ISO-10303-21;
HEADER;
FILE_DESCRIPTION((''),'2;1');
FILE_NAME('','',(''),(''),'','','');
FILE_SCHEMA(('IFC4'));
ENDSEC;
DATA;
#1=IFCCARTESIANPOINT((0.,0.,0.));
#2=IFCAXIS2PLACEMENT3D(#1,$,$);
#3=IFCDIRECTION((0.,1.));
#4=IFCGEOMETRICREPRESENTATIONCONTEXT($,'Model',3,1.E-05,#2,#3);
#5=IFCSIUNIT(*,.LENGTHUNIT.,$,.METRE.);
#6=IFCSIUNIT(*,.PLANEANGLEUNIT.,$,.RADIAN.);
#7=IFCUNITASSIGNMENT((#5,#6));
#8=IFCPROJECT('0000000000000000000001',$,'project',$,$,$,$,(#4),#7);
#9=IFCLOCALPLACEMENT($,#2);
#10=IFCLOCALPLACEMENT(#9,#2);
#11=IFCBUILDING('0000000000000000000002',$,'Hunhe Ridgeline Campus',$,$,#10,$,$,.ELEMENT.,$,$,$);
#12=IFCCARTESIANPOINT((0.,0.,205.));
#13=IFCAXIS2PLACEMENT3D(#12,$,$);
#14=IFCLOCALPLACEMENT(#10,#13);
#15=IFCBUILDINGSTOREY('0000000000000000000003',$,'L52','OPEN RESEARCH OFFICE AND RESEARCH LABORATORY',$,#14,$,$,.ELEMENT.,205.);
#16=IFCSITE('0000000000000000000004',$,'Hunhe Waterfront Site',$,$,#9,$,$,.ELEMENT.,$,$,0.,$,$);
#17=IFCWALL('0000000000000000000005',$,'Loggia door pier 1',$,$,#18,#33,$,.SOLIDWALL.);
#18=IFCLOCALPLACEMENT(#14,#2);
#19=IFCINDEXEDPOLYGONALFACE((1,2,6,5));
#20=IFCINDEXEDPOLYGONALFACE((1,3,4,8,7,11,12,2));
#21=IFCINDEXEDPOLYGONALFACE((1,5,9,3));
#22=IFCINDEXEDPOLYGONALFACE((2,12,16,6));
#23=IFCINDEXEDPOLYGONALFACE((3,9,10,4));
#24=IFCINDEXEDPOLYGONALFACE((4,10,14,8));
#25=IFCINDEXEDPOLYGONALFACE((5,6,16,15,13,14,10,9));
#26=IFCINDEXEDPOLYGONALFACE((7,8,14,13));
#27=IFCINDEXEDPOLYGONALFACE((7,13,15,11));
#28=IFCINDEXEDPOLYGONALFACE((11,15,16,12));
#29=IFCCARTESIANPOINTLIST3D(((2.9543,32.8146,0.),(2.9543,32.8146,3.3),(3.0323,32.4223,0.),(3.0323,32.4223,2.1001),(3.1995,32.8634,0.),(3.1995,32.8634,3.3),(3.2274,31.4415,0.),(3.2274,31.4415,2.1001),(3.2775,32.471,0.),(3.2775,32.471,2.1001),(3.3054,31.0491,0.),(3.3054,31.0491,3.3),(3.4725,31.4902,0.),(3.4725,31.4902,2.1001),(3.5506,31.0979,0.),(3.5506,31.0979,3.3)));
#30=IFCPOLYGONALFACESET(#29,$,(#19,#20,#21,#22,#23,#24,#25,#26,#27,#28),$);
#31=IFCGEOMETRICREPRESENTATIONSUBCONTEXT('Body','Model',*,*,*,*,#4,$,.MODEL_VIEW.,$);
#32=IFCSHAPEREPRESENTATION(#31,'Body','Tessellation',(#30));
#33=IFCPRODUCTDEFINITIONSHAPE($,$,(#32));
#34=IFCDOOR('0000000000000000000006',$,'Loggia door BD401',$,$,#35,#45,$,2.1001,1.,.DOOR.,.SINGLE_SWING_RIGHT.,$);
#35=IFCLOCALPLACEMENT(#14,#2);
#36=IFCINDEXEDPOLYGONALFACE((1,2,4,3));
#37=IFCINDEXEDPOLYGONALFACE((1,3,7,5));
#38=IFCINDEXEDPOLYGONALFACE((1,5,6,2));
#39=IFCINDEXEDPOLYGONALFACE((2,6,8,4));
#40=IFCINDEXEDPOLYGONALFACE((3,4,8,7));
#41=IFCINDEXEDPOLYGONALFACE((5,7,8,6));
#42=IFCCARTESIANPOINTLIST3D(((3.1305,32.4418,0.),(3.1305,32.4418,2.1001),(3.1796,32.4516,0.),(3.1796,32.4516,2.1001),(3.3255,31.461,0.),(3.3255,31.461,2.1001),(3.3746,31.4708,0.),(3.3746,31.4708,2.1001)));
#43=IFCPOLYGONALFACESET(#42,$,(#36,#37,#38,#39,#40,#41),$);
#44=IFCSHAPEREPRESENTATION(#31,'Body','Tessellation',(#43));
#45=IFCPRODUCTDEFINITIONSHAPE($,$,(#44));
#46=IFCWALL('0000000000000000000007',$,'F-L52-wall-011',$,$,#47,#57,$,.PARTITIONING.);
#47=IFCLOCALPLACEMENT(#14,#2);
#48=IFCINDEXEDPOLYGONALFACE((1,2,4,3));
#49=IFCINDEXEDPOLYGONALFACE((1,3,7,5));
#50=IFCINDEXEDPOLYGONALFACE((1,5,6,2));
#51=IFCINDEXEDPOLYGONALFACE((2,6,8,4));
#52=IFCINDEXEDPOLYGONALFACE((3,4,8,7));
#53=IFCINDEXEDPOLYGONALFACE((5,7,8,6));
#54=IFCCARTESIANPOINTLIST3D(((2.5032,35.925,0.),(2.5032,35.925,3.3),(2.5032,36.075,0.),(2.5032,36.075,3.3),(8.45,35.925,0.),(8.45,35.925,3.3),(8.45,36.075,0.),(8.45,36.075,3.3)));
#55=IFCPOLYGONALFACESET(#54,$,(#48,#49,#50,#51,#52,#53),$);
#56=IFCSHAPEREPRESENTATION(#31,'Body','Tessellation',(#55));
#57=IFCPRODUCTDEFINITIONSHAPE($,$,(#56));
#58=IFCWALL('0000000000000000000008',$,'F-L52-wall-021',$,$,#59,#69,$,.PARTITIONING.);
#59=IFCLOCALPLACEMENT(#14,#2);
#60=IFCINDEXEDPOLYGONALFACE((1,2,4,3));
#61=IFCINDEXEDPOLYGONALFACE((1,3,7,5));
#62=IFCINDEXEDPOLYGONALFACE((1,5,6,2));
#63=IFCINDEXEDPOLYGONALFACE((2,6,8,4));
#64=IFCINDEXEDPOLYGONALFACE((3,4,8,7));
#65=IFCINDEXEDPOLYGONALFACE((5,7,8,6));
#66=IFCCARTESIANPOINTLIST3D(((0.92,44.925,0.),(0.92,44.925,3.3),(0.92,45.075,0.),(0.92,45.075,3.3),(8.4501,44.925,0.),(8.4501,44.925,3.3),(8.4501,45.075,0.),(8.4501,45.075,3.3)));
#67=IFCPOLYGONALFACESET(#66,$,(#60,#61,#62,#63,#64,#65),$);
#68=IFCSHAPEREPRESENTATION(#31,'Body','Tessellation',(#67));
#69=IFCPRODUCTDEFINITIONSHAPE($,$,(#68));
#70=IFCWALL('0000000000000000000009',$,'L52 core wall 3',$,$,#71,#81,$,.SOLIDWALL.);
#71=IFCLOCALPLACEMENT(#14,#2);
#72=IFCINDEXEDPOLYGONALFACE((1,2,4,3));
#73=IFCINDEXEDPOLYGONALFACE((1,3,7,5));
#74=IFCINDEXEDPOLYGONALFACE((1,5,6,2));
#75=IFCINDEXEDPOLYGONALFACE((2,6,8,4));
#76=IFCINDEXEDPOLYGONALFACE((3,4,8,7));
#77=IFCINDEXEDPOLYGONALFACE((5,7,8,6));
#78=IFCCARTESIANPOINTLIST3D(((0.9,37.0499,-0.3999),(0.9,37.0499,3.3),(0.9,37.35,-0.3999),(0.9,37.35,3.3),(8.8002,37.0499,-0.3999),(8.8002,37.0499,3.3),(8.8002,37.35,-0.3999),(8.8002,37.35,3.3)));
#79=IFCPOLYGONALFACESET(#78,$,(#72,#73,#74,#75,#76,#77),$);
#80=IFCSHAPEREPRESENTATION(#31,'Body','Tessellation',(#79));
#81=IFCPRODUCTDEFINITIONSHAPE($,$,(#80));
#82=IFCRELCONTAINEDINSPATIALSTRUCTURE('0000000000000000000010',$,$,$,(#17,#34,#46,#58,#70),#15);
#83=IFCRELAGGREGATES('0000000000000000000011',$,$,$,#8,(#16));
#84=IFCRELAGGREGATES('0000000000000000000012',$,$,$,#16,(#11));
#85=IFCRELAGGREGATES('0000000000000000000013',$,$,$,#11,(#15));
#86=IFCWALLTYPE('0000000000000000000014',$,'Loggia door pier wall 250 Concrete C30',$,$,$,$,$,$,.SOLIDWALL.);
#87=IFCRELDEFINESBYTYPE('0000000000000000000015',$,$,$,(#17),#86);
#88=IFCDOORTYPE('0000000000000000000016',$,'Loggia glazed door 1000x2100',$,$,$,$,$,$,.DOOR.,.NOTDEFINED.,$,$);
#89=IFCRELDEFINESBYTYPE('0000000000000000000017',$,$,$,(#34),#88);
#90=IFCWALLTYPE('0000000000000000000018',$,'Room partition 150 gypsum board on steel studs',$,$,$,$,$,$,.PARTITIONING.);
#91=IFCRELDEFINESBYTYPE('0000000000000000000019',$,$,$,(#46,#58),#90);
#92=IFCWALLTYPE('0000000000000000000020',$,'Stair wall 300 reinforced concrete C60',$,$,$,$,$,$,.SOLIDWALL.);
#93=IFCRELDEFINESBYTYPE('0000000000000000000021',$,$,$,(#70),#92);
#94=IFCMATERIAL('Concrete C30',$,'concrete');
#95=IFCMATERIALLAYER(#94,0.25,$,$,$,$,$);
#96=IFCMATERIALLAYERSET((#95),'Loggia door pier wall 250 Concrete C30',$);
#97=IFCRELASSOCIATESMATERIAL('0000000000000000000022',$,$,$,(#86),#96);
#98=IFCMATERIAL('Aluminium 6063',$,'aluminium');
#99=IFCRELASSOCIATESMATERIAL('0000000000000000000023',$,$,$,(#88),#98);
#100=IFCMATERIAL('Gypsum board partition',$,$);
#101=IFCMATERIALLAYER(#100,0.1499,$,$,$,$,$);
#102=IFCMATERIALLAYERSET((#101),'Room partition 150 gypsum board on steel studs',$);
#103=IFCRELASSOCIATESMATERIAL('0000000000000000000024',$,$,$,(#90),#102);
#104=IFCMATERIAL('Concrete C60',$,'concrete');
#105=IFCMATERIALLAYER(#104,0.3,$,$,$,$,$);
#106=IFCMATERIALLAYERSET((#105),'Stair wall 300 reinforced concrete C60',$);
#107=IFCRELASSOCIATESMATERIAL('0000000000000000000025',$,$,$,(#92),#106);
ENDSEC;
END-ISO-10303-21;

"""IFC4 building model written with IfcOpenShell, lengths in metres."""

from ifc_helpers import new_model, si_unit, direction, frame, frame_2d, origin, place, context, subcontext, project, spatial, rectangle, extrude, material, layer, layer_set, type_object, element, fill, save


model = new_model("IFC4")

# Units and contexts
model_context = context("Model", 3, precision=1e-05, world=origin(), true_north=direction((0.0, 1.0)))
body_context = subcontext(model_context, "Body", "Model", "MODEL_VIEW")
ifc_project = project(units=[si_unit("LENGTHUNIT", "METRE"), si_unit("PLANEANGLEUNIT", "RADIAN")], contexts=[model_context])

# Site, building, storey
site_placement = place(None, origin())
site = spatial("IfcSite", under=ifc_project, at=site_placement, Name="Hunhe Waterfront Site", CompositionType="ELEMENT", RefElevation=0.0)
building_placement = place(site_placement, origin())
building = spatial("IfcBuilding", under=site, at=building_placement, Name="Hunhe Ridgeline Campus", CompositionType="ELEMENT")
storey_placement = place(building_placement, frame((0.0, 0.0, 205.0)))
storey = spatial("IfcBuildingStorey", under=building, at=storey_placement, Name="L52", Description="OPEN RESEARCH OFFICE AND RESEARCH LABORATORY", CompositionType="ELEMENT", Elevation=205.0)

# Shared definitions
ifc_material_1 = material(Name="Concrete C60", Category="concrete")

# Shared definitions
ifc_material_2 = material(Name="Aluminium 6063", Category="aluminium")

# Shared definitions
ifc_material_3 = material(Name="Concrete C30", Category="concrete")

# Wall, opening, door
ifc_layer_1 = layer(ifc_material_3, 0.25)
ifc_layer_set_1 = layer_set([ifc_layer_1], Name="Loggia door pier wall 250 Concrete C30")
wall_type_1 = type_object("IfcWallType", Name="Loggia door pier wall 250 Concrete C30", PredefinedType="SOLIDWALL", material=ifc_layer_set_1)
wall_1_placement = place(storey_placement, frame((3.0769, 32.8389, 0.0), z_axis=(0.0, 0.0, 1.0), x_axis=(0.195047, -0.980794, 0.0)))
wall_1 = element("IfcWall", 1, at=wall_1_placement, inside=storey, type_object=wall_type_1, Name="Loggia door pier 1", PredefinedType="SOLIDWALL", context=body_context, shape_type="SweptSolid", body=[
    extrude(rectangle(XDim=1.8, YDim=0.25, at=frame_2d((0.8999, 0.0))), origin(), (0.0, 0.0, 1.0), 3.3),
])
opening_1_placement = place(wall_1_placement, frame((0.3999, 0.0, 0.0)))
opening_1 = element("IfcOpeningElement", 2, at=opening_1_placement, cuts=wall_1, PredefinedType="OPENING", context=body_context, shape_type="SweptSolid", body=[
    extrude(rectangle(XDim=1.0, YDim=2.1001, at=frame_2d((0.5, 1.05))), frame((0.0, 0.125, 0.0), z_axis=(0.0, -1.0, 0.0), x_axis=(1.0, 0.0, 0.0)), (0.0, 0.0, 1.0), 0.25),
])
door_type_1 = type_object("IfcDoorType", Name="Loggia glazed door 1000x2100", OperationType="NOTDEFINED", PredefinedType="DOOR", material=ifc_material_2)
door_1_placement = place(opening_1_placement, frame((1.0, 0.0, 0.0), z_axis=(0.0, 0.0, 1.0), x_axis=(-1.0, 0.0, 0.0)))
door_1 = element("IfcDoor", 3, at=door_1_placement, inside=storey, type_object=door_type_1, Name="Loggia door BD401", OperationType="SINGLE_SWING_RIGHT", OverallHeight=2.1001, OverallWidth=1.0, PredefinedType="DOOR", context=body_context, shape_type="SweptSolid", body=[
    extrude(rectangle(XDim=1.0, YDim=2.1001, at=frame_2d((0.5, 1.05))), frame((0.0, 0.0249, 0.0), z_axis=(0.0, -1.0, 0.0), x_axis=(1.0, 0.0, 0.0)), (0.0, 0.0, 1.0), 0.05),
])
fill(opening_1, door_1)

# Walls
ifc_material_4 = material(Name="Gypsum board partition")
ifc_layer_2 = layer(ifc_material_4, 0.1499)
ifc_layer_set_2 = layer_set([ifc_layer_2], Name="Room partition 150 gypsum board on steel studs")
wall_type_2 = type_object("IfcWallType", Name="Room partition 150 gypsum board on steel studs", PredefinedType="PARTITIONING", material=ifc_layer_set_2)
wall_2_placement = place(storey_placement, frame((2.5032, 36.0, 0.0), z_axis=(0.0, 0.0, 1.0), x_axis=(1.0, 0.0, 0.0)))
element("IfcWall", 4, at=wall_2_placement, inside=storey, type_object=wall_type_2, Name="F-L52-wall-011", PredefinedType="PARTITIONING", context=body_context, shape_type="SweptSolid", body=[
    extrude(rectangle(XDim=5.9468, YDim=0.1499, at=frame_2d((2.9734, 0.0))), origin(), (0.0, 0.0, 1.0), 3.3),
])
wall_3_placement = place(storey_placement, frame((0.9199, 45.0, 0.0), z_axis=(0.0, 0.0, 1.0), x_axis=(1.0, 0.0, 0.0)))
element("IfcWall", 5, at=wall_3_placement, inside=storey, type_object=wall_type_2, Name="F-L52-wall-021", PredefinedType="PARTITIONING", context=body_context, shape_type="SweptSolid", body=[
    extrude(rectangle(XDim=7.53, YDim=0.1499, at=frame_2d((3.7651, 0.0))), origin(), (0.0, 0.0, 1.0), 3.3),
])
ifc_layer_3 = layer(ifc_material_1, 0.3)
ifc_layer_set_3 = layer_set([ifc_layer_3], Name="Stair wall 300 reinforced concrete C60")
wall_type_3 = type_object("IfcWallType", Name="Stair wall 300 reinforced concrete C60", PredefinedType="SOLIDWALL", material=ifc_layer_set_3)
wall_4_placement = place(storey_placement, frame((0.8999, 37.2, -0.3999), z_axis=(0.0, 0.0, 1.0), x_axis=(1.0, 0.0, 0.0)))
element("IfcWall", 6, at=wall_4_placement, inside=storey, type_object=wall_type_3, Name="L52 core wall 3", PredefinedType="SOLIDWALL", context=body_context, shape_type="SweptSolid", body=[
    extrude(rectangle(XDim=7.9001, YDim=0.3, at=frame_2d((3.9502, 0.0))), origin(), (0.0, 0.0, 1.0), 3.7),
])

save(model, "model.ifc")
